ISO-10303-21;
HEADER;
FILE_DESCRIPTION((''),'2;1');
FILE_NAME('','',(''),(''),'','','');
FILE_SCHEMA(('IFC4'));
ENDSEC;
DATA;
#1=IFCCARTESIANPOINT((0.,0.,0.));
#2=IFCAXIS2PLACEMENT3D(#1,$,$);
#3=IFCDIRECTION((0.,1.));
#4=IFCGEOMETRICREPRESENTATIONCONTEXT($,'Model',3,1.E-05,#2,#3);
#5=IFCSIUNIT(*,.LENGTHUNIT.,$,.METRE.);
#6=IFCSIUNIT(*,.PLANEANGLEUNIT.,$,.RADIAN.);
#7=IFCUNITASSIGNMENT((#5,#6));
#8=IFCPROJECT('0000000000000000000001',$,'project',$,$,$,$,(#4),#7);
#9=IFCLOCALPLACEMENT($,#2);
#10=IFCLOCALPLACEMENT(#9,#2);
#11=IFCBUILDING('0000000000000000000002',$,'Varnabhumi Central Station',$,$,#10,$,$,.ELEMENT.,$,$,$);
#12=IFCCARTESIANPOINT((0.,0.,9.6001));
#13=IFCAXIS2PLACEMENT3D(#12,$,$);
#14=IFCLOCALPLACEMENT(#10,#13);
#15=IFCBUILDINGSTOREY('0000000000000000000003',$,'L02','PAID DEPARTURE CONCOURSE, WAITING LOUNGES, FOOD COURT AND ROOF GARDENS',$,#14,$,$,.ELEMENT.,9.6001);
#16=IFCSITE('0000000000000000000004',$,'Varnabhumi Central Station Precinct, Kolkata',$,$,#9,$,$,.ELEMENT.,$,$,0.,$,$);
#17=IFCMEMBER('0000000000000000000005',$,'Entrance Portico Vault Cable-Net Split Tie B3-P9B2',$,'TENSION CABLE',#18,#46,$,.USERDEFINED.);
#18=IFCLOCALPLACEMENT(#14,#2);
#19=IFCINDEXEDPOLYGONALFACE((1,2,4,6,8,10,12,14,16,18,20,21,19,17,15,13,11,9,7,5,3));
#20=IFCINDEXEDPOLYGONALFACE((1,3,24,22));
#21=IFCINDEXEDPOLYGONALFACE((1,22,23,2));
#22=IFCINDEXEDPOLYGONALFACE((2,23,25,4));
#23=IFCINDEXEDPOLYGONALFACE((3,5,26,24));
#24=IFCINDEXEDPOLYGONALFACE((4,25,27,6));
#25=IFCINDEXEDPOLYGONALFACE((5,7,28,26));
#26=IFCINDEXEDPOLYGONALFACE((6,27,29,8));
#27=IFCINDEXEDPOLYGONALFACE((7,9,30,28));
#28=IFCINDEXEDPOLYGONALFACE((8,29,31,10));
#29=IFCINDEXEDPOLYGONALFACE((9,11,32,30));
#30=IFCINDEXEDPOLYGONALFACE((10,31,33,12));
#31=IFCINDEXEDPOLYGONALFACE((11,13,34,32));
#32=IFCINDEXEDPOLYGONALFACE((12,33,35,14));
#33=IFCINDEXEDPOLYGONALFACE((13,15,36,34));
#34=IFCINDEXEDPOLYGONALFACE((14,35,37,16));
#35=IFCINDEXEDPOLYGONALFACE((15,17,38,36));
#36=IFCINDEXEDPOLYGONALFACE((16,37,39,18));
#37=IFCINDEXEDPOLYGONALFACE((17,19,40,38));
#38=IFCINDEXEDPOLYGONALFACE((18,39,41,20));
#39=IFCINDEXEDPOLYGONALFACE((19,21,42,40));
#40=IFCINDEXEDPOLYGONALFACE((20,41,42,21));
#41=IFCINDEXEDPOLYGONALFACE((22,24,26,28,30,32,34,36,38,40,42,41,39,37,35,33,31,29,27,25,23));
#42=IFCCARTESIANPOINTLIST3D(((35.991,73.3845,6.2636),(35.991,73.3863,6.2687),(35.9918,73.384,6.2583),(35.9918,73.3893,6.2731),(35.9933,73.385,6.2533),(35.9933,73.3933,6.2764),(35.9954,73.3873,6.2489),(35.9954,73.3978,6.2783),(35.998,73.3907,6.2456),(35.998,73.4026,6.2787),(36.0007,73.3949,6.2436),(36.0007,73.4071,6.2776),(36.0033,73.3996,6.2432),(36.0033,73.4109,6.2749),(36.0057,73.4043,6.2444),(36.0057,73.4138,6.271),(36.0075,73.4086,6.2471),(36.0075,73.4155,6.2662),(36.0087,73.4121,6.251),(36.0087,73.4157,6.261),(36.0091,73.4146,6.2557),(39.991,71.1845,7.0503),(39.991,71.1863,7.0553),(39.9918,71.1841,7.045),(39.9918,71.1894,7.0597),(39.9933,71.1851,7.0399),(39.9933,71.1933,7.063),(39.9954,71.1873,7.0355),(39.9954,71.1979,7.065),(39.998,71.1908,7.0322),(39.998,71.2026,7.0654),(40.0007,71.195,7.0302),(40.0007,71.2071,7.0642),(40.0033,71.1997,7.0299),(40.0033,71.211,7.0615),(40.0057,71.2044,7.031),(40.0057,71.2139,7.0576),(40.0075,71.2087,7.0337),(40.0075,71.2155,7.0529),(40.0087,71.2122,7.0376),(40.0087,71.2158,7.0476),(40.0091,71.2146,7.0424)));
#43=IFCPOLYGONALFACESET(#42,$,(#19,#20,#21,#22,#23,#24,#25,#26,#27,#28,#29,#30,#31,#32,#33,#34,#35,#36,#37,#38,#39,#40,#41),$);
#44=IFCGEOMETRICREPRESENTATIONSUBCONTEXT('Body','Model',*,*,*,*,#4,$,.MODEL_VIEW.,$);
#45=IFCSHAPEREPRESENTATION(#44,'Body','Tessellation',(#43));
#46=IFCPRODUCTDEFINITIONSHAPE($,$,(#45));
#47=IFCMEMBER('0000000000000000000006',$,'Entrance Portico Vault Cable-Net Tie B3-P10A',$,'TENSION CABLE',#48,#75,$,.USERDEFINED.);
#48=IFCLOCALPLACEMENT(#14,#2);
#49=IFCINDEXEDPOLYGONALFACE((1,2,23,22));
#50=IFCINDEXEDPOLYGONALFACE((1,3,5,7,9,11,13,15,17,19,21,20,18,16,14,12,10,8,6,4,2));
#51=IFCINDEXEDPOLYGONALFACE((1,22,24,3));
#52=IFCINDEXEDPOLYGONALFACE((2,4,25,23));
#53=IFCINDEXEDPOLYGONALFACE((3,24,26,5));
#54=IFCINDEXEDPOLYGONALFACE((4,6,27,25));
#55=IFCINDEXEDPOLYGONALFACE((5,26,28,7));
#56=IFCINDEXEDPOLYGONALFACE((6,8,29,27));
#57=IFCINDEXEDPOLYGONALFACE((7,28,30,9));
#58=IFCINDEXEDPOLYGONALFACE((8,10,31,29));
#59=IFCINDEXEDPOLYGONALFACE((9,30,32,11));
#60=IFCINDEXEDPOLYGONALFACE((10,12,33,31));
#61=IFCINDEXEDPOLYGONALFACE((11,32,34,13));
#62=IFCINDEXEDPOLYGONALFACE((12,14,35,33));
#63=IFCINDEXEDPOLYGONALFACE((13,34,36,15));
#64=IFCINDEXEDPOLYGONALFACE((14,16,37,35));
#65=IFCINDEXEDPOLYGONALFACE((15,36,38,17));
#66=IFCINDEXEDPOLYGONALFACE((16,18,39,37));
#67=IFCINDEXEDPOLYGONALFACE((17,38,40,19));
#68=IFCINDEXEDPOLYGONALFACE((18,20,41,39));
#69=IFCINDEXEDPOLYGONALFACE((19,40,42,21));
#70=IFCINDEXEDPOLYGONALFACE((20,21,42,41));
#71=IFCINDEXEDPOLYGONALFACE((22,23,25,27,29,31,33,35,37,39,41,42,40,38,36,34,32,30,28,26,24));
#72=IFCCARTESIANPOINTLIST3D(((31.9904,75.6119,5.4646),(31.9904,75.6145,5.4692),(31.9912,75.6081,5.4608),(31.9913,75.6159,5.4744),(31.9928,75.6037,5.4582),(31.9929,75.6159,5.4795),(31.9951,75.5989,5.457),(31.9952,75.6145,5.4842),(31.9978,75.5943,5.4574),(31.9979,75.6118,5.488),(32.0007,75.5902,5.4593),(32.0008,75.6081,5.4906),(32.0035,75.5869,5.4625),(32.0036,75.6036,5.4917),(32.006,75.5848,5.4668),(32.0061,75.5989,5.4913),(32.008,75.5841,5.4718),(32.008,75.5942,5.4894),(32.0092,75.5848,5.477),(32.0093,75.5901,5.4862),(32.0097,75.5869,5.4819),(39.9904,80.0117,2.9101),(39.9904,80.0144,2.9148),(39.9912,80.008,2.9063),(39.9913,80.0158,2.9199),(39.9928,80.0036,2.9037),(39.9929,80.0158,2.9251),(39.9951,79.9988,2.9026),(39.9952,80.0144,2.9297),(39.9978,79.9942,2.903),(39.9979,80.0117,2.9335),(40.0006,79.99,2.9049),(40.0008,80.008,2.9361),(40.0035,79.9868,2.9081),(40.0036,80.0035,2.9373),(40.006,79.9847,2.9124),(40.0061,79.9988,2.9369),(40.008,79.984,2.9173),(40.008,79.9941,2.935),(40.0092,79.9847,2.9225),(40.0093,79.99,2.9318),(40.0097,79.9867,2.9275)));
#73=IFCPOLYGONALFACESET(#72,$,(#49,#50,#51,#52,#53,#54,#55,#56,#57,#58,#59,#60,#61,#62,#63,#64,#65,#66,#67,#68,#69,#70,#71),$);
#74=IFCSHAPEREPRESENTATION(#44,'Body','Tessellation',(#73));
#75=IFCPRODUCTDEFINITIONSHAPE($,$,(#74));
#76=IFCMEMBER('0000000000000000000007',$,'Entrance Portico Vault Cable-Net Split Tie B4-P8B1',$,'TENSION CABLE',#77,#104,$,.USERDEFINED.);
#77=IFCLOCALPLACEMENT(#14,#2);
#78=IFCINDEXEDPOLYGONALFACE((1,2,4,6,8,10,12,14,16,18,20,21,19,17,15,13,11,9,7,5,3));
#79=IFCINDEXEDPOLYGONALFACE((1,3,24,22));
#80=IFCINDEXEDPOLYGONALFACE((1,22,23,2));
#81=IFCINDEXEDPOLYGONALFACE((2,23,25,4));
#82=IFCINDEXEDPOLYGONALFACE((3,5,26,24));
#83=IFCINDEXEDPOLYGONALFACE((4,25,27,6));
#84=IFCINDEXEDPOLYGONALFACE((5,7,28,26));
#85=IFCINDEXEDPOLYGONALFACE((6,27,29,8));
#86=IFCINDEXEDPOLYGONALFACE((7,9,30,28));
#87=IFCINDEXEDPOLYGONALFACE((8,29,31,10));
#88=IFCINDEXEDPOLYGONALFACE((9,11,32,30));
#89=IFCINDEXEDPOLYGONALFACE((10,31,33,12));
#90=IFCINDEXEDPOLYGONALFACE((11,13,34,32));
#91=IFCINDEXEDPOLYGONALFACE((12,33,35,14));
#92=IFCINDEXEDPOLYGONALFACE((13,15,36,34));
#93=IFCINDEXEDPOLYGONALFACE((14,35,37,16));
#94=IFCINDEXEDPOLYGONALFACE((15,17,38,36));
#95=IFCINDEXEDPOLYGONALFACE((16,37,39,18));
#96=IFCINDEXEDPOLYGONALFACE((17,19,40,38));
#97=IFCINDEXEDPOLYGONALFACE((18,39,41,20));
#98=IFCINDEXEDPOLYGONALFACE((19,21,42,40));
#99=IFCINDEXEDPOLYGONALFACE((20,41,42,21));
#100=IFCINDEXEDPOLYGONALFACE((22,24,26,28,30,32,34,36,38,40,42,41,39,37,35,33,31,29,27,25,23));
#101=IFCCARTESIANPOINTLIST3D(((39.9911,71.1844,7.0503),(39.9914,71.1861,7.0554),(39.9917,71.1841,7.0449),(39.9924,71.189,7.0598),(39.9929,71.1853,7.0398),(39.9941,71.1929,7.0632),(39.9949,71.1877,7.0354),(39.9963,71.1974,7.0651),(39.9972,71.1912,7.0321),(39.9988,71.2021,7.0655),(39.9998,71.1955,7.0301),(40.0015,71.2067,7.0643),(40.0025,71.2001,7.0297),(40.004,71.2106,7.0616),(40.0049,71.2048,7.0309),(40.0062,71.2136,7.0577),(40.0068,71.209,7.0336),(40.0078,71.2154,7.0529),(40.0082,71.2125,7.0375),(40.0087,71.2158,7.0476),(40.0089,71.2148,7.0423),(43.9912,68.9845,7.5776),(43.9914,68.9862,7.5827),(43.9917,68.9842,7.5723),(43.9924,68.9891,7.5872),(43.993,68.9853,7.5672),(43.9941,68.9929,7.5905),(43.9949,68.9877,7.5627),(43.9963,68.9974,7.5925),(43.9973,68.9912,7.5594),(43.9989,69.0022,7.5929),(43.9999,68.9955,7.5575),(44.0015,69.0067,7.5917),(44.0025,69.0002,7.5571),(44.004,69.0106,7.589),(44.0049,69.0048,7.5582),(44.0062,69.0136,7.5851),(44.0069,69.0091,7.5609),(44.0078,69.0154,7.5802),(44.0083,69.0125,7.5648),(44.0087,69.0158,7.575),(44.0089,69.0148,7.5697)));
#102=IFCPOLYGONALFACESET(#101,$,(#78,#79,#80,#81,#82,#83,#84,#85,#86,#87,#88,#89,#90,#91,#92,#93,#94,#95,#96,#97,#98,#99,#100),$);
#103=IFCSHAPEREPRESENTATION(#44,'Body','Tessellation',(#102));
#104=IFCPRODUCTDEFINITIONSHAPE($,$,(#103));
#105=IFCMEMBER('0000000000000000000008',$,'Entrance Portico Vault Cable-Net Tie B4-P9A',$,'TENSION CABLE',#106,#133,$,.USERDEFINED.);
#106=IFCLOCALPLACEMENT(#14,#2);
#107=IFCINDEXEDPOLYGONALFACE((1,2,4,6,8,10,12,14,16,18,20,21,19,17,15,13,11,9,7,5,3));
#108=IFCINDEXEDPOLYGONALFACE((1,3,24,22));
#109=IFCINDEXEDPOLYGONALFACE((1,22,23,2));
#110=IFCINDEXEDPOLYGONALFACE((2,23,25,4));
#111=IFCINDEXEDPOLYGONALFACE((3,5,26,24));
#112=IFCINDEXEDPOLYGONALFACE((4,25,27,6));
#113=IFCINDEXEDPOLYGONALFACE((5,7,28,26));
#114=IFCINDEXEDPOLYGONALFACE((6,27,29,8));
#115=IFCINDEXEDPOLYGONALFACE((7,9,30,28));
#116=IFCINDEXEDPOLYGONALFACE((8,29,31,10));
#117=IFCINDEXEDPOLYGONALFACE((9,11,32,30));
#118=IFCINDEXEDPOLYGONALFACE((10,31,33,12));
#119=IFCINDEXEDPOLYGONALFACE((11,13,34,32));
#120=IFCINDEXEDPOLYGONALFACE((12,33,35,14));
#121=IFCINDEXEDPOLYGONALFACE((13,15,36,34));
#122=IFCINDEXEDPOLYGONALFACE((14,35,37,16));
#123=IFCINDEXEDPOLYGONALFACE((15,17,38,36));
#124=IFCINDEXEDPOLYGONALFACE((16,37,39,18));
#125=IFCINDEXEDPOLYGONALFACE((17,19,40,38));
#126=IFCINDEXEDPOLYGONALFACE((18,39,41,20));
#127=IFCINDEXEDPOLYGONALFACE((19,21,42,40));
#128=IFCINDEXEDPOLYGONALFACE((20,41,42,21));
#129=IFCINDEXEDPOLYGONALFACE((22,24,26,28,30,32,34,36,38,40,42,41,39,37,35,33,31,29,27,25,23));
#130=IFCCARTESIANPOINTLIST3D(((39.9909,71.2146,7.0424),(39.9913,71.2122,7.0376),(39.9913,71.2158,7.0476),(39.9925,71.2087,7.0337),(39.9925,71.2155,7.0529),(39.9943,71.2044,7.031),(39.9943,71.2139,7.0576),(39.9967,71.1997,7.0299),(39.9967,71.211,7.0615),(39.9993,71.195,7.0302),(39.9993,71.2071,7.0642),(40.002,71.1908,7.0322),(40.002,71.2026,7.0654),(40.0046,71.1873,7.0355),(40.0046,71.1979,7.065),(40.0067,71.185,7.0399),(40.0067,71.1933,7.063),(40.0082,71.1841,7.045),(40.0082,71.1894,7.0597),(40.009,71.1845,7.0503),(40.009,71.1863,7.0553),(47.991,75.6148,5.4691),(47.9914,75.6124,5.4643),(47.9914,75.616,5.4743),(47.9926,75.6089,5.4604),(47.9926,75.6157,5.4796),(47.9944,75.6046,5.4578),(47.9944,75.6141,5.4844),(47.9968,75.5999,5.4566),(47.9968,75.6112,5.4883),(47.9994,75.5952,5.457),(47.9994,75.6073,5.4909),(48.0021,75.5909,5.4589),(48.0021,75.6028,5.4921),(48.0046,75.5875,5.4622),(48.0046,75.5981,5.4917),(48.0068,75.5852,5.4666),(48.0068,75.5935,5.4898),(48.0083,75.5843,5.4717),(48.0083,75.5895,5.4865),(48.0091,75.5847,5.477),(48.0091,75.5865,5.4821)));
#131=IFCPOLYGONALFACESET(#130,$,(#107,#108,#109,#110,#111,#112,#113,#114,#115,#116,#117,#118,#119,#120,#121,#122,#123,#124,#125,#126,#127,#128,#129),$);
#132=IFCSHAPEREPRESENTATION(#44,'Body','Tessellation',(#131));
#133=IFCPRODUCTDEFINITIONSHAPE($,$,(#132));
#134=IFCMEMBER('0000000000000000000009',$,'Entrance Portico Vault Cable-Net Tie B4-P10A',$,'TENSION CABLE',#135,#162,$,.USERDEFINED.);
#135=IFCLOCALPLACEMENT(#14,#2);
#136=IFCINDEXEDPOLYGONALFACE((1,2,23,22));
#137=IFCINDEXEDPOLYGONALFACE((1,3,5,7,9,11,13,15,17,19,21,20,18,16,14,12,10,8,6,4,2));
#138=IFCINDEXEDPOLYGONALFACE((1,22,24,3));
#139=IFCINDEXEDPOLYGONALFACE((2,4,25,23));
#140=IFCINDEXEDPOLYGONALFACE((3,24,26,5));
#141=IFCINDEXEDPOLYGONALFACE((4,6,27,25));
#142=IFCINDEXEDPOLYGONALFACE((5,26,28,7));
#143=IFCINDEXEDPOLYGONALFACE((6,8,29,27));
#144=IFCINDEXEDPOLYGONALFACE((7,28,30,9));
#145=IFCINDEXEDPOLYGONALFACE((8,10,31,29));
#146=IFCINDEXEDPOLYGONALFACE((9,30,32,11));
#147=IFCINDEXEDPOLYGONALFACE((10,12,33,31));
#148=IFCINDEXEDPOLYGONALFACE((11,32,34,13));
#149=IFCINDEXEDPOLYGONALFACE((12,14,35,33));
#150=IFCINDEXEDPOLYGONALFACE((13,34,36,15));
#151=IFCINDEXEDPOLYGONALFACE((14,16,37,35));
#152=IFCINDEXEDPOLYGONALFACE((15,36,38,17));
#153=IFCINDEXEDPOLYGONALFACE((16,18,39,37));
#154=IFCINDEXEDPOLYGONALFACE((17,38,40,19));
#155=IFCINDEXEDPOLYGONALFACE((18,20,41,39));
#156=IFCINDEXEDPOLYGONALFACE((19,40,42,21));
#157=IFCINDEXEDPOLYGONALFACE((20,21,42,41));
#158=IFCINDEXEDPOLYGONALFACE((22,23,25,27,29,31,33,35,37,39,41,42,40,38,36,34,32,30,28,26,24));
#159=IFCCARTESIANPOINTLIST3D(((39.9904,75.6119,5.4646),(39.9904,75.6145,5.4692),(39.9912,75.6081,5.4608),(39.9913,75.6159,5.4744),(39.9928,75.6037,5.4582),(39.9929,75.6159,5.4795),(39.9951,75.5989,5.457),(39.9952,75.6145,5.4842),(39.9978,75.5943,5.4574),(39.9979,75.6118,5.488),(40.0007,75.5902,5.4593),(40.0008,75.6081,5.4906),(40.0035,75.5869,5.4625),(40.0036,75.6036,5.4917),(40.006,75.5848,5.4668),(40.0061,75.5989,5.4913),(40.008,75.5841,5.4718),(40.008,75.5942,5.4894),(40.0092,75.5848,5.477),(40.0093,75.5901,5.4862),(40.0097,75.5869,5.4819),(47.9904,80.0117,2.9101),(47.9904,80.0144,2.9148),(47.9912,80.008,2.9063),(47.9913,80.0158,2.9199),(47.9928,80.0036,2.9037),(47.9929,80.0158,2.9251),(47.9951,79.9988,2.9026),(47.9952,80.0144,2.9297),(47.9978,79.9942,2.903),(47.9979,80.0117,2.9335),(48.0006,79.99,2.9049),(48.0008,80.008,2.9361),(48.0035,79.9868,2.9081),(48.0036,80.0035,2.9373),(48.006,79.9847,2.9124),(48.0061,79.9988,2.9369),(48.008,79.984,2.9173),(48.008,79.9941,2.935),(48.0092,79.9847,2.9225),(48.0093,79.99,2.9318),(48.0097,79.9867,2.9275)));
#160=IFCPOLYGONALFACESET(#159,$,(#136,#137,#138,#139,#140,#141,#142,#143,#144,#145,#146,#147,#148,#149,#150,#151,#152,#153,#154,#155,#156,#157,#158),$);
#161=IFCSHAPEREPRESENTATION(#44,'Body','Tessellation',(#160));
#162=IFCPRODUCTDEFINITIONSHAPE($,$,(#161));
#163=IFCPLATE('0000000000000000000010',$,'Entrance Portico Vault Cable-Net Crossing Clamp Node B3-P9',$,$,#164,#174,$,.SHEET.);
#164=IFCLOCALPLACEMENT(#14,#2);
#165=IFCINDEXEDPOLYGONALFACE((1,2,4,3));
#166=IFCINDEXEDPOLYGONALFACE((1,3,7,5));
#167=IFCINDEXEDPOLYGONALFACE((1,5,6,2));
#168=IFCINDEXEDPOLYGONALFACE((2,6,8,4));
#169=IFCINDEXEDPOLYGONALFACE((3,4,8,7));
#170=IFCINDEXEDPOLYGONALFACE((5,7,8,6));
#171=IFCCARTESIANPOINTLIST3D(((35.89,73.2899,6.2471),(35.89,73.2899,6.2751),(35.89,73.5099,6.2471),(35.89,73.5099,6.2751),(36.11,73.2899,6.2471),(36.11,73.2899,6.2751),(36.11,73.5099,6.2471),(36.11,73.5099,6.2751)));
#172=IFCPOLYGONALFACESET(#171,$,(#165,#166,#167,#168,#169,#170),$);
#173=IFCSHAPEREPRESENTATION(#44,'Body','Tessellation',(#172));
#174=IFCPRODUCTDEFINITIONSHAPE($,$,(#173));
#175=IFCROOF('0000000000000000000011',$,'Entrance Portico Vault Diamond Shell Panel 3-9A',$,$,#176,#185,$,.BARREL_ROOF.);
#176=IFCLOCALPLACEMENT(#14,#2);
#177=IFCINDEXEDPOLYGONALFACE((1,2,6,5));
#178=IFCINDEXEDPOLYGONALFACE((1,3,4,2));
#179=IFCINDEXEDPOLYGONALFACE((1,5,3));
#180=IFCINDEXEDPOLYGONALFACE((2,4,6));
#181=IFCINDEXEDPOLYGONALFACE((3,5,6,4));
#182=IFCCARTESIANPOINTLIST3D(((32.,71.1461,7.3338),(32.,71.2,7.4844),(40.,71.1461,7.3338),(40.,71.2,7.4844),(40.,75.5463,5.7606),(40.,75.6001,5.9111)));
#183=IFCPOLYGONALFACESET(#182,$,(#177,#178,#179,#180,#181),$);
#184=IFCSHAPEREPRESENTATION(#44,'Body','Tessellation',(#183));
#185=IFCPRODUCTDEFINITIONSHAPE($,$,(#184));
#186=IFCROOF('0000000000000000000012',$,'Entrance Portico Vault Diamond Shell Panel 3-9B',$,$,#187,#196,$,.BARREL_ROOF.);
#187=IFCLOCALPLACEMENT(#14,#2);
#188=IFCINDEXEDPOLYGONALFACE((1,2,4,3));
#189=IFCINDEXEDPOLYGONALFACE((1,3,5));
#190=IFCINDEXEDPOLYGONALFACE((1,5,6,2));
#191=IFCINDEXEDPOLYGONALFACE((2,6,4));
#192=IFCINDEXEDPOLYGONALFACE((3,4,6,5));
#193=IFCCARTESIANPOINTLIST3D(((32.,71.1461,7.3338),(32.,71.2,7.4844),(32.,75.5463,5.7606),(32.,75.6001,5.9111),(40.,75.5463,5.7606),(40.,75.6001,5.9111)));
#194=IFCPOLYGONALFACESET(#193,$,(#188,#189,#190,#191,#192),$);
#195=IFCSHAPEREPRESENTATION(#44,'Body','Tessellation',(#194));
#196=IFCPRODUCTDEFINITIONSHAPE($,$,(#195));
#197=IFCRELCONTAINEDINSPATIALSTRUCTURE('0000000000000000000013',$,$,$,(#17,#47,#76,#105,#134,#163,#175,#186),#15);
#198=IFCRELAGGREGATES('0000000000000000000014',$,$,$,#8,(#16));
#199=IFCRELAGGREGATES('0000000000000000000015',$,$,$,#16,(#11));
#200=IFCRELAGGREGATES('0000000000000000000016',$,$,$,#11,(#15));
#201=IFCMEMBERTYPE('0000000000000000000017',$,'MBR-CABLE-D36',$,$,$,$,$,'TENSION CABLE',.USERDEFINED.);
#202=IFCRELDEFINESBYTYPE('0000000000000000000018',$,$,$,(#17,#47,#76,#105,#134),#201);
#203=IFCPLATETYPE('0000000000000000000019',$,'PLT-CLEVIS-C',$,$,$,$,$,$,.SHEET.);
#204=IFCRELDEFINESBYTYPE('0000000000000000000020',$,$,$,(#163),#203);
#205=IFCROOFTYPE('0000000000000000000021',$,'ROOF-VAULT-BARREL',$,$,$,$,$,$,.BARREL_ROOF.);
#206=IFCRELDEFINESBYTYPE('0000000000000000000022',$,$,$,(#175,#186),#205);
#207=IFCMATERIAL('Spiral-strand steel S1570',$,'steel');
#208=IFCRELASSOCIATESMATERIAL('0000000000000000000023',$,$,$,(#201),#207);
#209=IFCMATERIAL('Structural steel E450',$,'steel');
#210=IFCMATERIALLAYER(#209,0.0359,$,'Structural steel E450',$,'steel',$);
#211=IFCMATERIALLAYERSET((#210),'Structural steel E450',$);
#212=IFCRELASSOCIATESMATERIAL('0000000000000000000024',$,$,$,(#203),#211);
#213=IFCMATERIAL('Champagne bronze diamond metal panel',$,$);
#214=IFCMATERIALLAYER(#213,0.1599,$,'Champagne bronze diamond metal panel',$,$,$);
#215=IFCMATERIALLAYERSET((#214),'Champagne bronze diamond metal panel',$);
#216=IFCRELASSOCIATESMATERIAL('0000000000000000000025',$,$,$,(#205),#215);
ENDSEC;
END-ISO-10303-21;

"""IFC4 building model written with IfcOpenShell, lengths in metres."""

from ifc_helpers import new_model, si_unit, direction, frame, origin, origin_2d, place, context, subcontext, project, spatial, polyline, rectangle, circle, outline, extrude, material, layer, layer_set, material_profile, profile_set, type_object, element, save


model = new_model("IFC4")

# Units and contexts
model_context = context("Model", 3, precision=1e-05, world=origin(), true_north=direction((0.0, 1.0)))
body_context = subcontext(model_context, "Body", "Model", "MODEL_VIEW")
ifc_project = project(units=[si_unit("LENGTHUNIT", "METRE"), si_unit("PLANEANGLEUNIT", "RADIAN")], contexts=[model_context])

# Site, building, storey
site_placement = place(None, origin())
site = spatial("IfcSite", under=ifc_project, at=site_placement, Name="Varnabhumi Central Station Precinct, Kolkata", CompositionType="ELEMENT", RefElevation=0.0)
building_placement = place(site_placement, origin())
building = spatial("IfcBuilding", under=site, at=building_placement, Name="Varnabhumi Central Station", CompositionType="ELEMENT")
storey_placement = place(building_placement, frame((0.0, 0.0, 9.6001)))
storey = spatial("IfcBuildingStorey", under=building, at=storey_placement, Name="L02", Description="PAID DEPARTURE CONCOURSE, WAITING LOUNGES, FOOD COURT AND ROOF GARDENS", CompositionType="ELEMENT", Elevation=9.6001)

# Members
ifc_material_1 = material(Name="Spiral-strand steel S1570", Category="steel")
ifc_material_profile_1 = material_profile(ifc_material_1, circle(Radius=0.0181, at=origin_2d()), Name="Spiral-strand steel S1570", Category="steel")
ifc_profile_set_1 = profile_set([ifc_material_profile_1], Name="Spiral-strand steel S1570")
member_type = type_object("IfcMemberType", Name="MBR-CABLE-D36", ElementType="TENSION CABLE", PredefinedType="USERDEFINED", material=ifc_profile_set_1)
member_1_placement = place(storey_placement, frame((36.0, 73.3999, 6.261), z_axis=(0.863495, -0.474912, 0.169811), x_axis=(0.481911, 0.87622, 0.0)))
element("IfcMember", 1, at=member_1_placement, inside=storey, type_object=member_type, Name="Entrance Portico Vault Cable-Net Split Tie B3-P9B2", ObjectType="TENSION CABLE", PredefinedType="USERDEFINED", context=body_context, shape_type="SweptSolid", body=[
    extrude(circle(Radius=0.0181, at=origin_2d()), origin(), (0.0, 0.0, 1.0), 4.6323),
])
member_2_placement = place(storey_placement, frame((32.0, 75.6001, 5.4744), z_axis=(0.843817, 0.464089, -0.269435), x_axis=(-0.481911, 0.87622, 0.0)))
element("IfcMember", 2, at=member_2_placement, inside=storey, type_object=member_type, Name="Entrance Portico Vault Cable-Net Tie B3-P10A", ObjectType="TENSION CABLE", PredefinedType="USERDEFINED", context=body_context, shape_type="SweptSolid", body=[
    extrude(circle(Radius=0.0181, at=origin_2d()), origin(), (0.0, 0.0, 1.0), 9.4807),
])
member_3_placement = place(storey_placement, frame((40.0, 71.2, 7.0476), z_axis=(0.870432, -0.478727, 0.114754), x_axis=(0.481911, 0.87622, 0.0)))
element("IfcMember", 3, at=member_3_placement, inside=storey, type_object=member_type, Name="Entrance Portico Vault Cable-Net Split Tie B4-P8B1", ObjectType="TENSION CABLE", PredefinedType="USERDEFINED", context=body_context, shape_type="SweptSolid", body=[
    extrude(circle(Radius=0.0181, at=origin_2d()), origin(), (0.0, 0.0, 1.0), 4.5955),
])
member_4_placement = place(storey_placement, frame((40.0, 71.2, 7.0476), z_axis=(0.863484, 0.474932, -0.169809), x_axis=(-0.481931, 0.876209, 0.0)))
element("IfcMember", 4, at=member_4_placement, inside=storey, type_object=member_type, Name="Entrance Portico Vault Cable-Net Tie B4-P9A", ObjectType="TENSION CABLE", PredefinedType="USERDEFINED", context=body_context, shape_type="SweptSolid", body=[
    extrude(circle(Radius=0.0181, at=origin_2d()), origin(), (0.0, 0.0, 1.0), 9.2649),
])
member_5_placement = place(storey_placement, frame((40.0, 75.6001, 5.4744), z_axis=(0.843817, 0.464089, -0.269435), x_axis=(-0.481911, 0.87622, 0.0)))
element("IfcMember", 5, at=member_5_placement, inside=storey, type_object=member_type, Name="Entrance Portico Vault Cable-Net Tie B4-P10A", ObjectType="TENSION CABLE", PredefinedType="USERDEFINED", context=body_context, shape_type="SweptSolid", body=[
    extrude(circle(Radius=0.0181, at=origin_2d()), origin(), (0.0, 0.0, 1.0), 9.4807),
])

# Plate
ifc_material_2 = material(Name="Structural steel E450", Category="steel")
ifc_layer_1 = layer(ifc_material_2, 0.0359, Name="Structural steel E450", Category="steel")
ifc_layer_set_1 = layer_set([ifc_layer_1], Name="Structural steel E450")
plate_type = type_object("IfcPlateType", Name="PLT-CLEVIS-C", PredefinedType="SHEET", material=ifc_layer_set_1)
plate_placement = place(storey_placement, frame((36.0, 73.3999, 6.2471), z_axis=(0.0, 0.0, 1.0), x_axis=(1.0, 0.0, 0.0)))
element("IfcPlate", 6, at=plate_placement, inside=storey, type_object=plate_type, Name="Entrance Portico Vault Cable-Net Crossing Clamp Node B3-P9", PredefinedType="SHEET", context=body_context, shape_type="SweptSolid", body=[
    extrude(rectangle(XDim=0.22, YDim=0.22, at=origin_2d()), origin(), (0.0, 0.0, 1.0), 0.0281),
])

# Roofs
ifc_material_3 = material(Name="Champagne bronze diamond metal panel")
ifc_layer_2 = layer(ifc_material_3, 0.1599, Name="Champagne bronze diamond metal panel")
ifc_layer_set_2 = layer_set([ifc_layer_2], Name="Champagne bronze diamond metal panel")
roof_type = type_object("IfcRoofType", Name="ROOF-VAULT-BARREL", PredefinedType="BARREL_ROOF", material=ifc_layer_set_2)
roof_1_placement = place(storey_placement, frame((32.0, 71.2, 7.4844), z_axis=(0.0, 0.336671, 0.941622), x_axis=(1.0, 0.0, 0.0)))
element("IfcRoof", 7, at=roof_1_placement, inside=storey, type_object=roof_type, Name="Entrance Portico Vault Diamond Shell Panel 3-9A", PredefinedType="BARREL_ROOF", context=body_context, shape_type="SweptSolid", body=[
    extrude(outline(polyline([(0.0, 0.0), (8.0, 0.0), (8.0, 4.6729), (0.0, 0.0)])), origin(), (0.0, 0.0, -1.0), 0.1599),
])
roof_2_placement = place(storey_placement, frame((32.0, 71.2, 7.4844), z_axis=(0.0, 0.336671, 0.941622), x_axis=(0.863484, 0.474932, -0.169809)))
element("IfcRoof", 8, at=roof_2_placement, inside=storey, type_object=roof_type, Name="Entrance Portico Vault Diamond Shell Panel 3-9B", PredefinedType="BARREL_ROOF", context=body_context, shape_type="SweptSolid", body=[
    extrude(outline(polyline([(0.0, 0.0), (9.2648, 0.0), (2.3569, 4.035), (0.0, 0.0)])), origin(), (0.0, 0.0, -1.0), 0.1599),
])

save(model, "model.ifc")
